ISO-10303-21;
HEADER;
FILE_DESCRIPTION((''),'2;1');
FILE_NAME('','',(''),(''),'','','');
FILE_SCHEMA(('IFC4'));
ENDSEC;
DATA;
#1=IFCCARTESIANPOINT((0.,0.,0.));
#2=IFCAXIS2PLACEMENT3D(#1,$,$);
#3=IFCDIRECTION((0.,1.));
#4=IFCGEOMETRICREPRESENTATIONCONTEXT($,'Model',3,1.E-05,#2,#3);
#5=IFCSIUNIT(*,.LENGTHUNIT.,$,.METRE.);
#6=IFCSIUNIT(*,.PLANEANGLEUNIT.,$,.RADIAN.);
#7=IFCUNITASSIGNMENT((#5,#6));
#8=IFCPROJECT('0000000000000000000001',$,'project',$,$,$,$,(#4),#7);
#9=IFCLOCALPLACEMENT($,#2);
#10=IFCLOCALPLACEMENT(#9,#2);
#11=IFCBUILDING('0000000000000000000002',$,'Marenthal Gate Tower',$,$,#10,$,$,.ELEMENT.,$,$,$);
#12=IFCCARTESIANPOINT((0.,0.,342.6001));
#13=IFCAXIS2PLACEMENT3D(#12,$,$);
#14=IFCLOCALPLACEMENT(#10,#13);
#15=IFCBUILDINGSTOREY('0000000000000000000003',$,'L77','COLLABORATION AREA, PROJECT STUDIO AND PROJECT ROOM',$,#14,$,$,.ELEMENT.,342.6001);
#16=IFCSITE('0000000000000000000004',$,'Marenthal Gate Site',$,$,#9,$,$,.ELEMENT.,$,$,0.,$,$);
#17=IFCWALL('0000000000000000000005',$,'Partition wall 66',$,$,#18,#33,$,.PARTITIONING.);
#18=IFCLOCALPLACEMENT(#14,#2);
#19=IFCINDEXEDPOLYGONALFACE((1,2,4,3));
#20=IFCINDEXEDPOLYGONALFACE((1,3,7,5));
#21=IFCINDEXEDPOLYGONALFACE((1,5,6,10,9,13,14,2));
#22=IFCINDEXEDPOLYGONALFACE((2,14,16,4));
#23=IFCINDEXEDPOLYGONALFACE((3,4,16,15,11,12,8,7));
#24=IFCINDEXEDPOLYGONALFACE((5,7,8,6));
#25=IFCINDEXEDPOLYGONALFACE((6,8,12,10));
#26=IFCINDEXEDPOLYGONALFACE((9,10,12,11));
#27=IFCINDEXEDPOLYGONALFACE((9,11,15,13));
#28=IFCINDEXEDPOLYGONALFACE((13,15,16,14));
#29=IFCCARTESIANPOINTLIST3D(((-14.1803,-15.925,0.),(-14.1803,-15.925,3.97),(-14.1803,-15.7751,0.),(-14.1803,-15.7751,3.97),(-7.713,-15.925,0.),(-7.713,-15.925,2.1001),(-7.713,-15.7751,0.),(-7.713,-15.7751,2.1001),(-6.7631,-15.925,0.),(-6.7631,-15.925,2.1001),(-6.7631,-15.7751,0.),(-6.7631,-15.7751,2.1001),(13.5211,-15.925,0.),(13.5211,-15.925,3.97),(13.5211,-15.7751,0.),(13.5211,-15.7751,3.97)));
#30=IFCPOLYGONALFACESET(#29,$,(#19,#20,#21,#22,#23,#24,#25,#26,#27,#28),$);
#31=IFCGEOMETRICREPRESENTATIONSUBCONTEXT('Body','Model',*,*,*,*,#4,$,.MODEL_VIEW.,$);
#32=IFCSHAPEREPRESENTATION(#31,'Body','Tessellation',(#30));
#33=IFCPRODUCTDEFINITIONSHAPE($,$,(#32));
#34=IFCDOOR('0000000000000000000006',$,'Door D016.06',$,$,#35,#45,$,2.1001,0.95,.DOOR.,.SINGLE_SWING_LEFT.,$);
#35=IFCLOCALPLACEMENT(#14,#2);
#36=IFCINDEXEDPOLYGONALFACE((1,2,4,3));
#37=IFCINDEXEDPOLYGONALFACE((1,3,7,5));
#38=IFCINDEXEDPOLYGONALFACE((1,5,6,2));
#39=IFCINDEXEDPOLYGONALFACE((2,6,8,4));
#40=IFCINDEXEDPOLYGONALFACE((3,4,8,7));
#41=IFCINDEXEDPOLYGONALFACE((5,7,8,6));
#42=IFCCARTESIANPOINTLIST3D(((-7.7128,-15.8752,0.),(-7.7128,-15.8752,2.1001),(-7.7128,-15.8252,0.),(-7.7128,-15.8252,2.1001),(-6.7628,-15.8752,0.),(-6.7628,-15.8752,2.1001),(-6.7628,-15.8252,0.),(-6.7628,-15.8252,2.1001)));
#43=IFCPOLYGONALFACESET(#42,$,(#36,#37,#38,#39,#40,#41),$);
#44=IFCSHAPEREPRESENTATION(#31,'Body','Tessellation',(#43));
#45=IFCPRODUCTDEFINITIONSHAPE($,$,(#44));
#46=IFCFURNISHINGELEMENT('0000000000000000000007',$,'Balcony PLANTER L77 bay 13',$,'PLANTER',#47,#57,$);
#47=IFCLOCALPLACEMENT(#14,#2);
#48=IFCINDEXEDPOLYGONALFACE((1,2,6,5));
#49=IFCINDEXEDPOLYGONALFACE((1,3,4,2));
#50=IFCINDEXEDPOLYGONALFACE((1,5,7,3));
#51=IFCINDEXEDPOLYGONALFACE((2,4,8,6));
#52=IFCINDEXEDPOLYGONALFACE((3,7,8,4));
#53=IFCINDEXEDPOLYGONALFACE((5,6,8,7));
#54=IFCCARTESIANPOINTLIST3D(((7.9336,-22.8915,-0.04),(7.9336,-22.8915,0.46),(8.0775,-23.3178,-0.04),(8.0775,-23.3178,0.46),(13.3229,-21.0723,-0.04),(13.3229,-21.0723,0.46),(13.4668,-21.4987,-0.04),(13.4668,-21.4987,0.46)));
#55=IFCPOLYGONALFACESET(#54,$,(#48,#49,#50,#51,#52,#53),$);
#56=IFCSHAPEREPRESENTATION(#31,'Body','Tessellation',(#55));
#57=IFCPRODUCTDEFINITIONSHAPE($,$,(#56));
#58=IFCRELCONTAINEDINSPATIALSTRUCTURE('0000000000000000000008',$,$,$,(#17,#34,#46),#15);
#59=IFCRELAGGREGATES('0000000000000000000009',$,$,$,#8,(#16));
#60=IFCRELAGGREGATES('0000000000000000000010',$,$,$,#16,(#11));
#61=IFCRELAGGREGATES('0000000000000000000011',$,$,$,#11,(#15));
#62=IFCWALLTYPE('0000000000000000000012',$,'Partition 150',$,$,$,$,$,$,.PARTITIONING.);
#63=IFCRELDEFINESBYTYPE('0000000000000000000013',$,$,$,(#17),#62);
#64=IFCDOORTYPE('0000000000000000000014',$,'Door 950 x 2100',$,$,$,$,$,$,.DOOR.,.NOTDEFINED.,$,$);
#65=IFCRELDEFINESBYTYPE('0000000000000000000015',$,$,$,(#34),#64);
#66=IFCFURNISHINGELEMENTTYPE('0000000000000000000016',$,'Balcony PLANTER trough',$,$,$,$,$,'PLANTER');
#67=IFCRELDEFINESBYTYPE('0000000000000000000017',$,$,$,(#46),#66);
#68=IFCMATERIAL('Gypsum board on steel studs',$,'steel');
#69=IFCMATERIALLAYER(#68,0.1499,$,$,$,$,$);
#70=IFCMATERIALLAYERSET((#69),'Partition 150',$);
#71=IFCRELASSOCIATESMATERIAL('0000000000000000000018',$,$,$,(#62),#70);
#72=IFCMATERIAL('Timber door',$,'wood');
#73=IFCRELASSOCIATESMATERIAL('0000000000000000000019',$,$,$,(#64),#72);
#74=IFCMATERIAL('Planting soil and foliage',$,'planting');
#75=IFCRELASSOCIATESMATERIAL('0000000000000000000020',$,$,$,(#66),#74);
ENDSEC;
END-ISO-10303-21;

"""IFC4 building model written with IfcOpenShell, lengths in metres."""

from ifc_helpers import new_model, si_unit, direction, frame, frame_2d, origin, origin_2d, place, context, subcontext, project, spatial, rectangle, extrude, material, layer, layer_set, type_object, element, fill, save


model = new_model("IFC4")

# Units and contexts
model_context = context("Model", 3, precision=1e-05, world=origin(), true_north=direction((0.0, 1.0)))
body_context = subcontext(model_context, "Body", "Model", "MODEL_VIEW")
ifc_project = project(units=[si_unit("LENGTHUNIT", "METRE"), si_unit("PLANEANGLEUNIT", "RADIAN")], contexts=[model_context])

# Site, building, storey
site_placement = place(None, origin())
site = spatial("IfcSite", under=ifc_project, at=site_placement, Name="Marenthal Gate Site", CompositionType="ELEMENT", RefElevation=0.0)
building_placement = place(site_placement, origin())
building = spatial("IfcBuilding", under=site, at=building_placement, Name="Marenthal Gate Tower", CompositionType="ELEMENT")
storey_placement = place(building_placement, frame((0.0, 0.0, 342.6001)))
storey = spatial("IfcBuildingStorey", under=building, at=storey_placement, Name="L77", Description="COLLABORATION AREA, PROJECT STUDIO AND PROJECT ROOM", CompositionType="ELEMENT", Elevation=342.6001)

# Shared definitions
ifc_material_1 = material(Name="Gypsum board on steel studs", Category="steel")
ifc_layer_1 = layer(ifc_material_1, 0.1499)
ifc_layer_set_1 = layer_set([ifc_layer_1], Name="Partition 150")
wall_type_1 = type_object("IfcWallType", Name="Partition 150", PredefinedType="PARTITIONING", material=ifc_layer_set_1)

# Wall, opening, door
wall_1_placement = place(storey_placement, frame((13.521, -15.8501, 0.0), z_axis=(0.0, 0.0, 1.0), x_axis=(-1.0, 0.0, 0.0)))
wall_1 = element("IfcWall", 1, at=wall_1_placement, inside=storey, type_object=wall_type_1, Name="Partition wall 66", PredefinedType="PARTITIONING", context=body_context, shape_type="SweptSolid", body=[
    extrude(rectangle(XDim=27.7014, YDim=0.1499, at=frame_2d((13.8506, 0.0))), origin(), (0.0, 0.0, 1.0), 3.97),
])
opening_1_placement = place(wall_1_placement, frame((20.2839, 0.0, 0.0)))
opening_1 = element("IfcOpeningElement", 2, at=opening_1_placement, cuts=wall_1, PredefinedType="OPENING", context=body_context, shape_type="SweptSolid", body=[
    extrude(rectangle(XDim=0.95, YDim=2.1001, at=frame_2d((0.4751, 1.05))), frame((0.0, 0.085, 0.0), z_axis=(0.0, -1.0, 0.0), x_axis=(1.0, 0.0, 0.0)), (0.0, 0.0, 1.0), 0.1699),
])
ifc_material_2 = material(Name="Timber door", Category="wood")
door_type_1 = type_object("IfcDoorType", Name="Door 950 x 2100", OperationType="NOTDEFINED", PredefinedType="DOOR", material=ifc_material_2)
door_1_placement = place(opening_1_placement, frame((0.95, 0.0, 0.0), z_axis=(0.0, 0.0, 1.0), x_axis=(-1.0, 0.0, 0.0)))
door_1 = element("IfcDoor", 3, at=door_1_placement, inside=storey, type_object=door_type_1, Name="Door D016.06", OperationType="SINGLE_SWING_LEFT", OverallHeight=2.1001, OverallWidth=0.95, PredefinedType="DOOR", context=body_context, shape_type="SweptSolid", body=[
    extrude(rectangle(XDim=0.95, YDim=2.1001, at=frame_2d((0.4751, 1.05))), frame((0.0, 0.0249, 0.0), z_axis=(0.0, -1.0, 0.0), x_axis=(1.0, 0.0, 0.0)), (0.0, 0.0, 1.0), 0.05),
])
fill(opening_1, door_1)

# Furnishing element
ifc_material_3 = material(Name="Planting soil and foliage", Category="planting")
furnishing_element_type = type_object("IfcFurnishingElementType", Name="Balcony PLANTER trough", ElementType="PLANTER", material=ifc_material_3)
furnishing_placement = place(storey_placement, frame((10.7002, -22.1951, -0.04), z_axis=(0.0, 0.0, 1.0), x_axis=(0.947479, 0.319818, 0.0)))
element("IfcFurnishingElement", 4, at=furnishing_placement, inside=storey, type_object=furnishing_element_type, Name="Balcony PLANTER L77 bay 13", ObjectType="PLANTER", context=body_context, shape_type="SweptSolid", body=[
    extrude(rectangle(XDim=5.688, YDim=0.45, at=origin_2d()), origin(), (0.0, 0.0, 1.0), 0.5),
])

save(model, "model.ifc")
